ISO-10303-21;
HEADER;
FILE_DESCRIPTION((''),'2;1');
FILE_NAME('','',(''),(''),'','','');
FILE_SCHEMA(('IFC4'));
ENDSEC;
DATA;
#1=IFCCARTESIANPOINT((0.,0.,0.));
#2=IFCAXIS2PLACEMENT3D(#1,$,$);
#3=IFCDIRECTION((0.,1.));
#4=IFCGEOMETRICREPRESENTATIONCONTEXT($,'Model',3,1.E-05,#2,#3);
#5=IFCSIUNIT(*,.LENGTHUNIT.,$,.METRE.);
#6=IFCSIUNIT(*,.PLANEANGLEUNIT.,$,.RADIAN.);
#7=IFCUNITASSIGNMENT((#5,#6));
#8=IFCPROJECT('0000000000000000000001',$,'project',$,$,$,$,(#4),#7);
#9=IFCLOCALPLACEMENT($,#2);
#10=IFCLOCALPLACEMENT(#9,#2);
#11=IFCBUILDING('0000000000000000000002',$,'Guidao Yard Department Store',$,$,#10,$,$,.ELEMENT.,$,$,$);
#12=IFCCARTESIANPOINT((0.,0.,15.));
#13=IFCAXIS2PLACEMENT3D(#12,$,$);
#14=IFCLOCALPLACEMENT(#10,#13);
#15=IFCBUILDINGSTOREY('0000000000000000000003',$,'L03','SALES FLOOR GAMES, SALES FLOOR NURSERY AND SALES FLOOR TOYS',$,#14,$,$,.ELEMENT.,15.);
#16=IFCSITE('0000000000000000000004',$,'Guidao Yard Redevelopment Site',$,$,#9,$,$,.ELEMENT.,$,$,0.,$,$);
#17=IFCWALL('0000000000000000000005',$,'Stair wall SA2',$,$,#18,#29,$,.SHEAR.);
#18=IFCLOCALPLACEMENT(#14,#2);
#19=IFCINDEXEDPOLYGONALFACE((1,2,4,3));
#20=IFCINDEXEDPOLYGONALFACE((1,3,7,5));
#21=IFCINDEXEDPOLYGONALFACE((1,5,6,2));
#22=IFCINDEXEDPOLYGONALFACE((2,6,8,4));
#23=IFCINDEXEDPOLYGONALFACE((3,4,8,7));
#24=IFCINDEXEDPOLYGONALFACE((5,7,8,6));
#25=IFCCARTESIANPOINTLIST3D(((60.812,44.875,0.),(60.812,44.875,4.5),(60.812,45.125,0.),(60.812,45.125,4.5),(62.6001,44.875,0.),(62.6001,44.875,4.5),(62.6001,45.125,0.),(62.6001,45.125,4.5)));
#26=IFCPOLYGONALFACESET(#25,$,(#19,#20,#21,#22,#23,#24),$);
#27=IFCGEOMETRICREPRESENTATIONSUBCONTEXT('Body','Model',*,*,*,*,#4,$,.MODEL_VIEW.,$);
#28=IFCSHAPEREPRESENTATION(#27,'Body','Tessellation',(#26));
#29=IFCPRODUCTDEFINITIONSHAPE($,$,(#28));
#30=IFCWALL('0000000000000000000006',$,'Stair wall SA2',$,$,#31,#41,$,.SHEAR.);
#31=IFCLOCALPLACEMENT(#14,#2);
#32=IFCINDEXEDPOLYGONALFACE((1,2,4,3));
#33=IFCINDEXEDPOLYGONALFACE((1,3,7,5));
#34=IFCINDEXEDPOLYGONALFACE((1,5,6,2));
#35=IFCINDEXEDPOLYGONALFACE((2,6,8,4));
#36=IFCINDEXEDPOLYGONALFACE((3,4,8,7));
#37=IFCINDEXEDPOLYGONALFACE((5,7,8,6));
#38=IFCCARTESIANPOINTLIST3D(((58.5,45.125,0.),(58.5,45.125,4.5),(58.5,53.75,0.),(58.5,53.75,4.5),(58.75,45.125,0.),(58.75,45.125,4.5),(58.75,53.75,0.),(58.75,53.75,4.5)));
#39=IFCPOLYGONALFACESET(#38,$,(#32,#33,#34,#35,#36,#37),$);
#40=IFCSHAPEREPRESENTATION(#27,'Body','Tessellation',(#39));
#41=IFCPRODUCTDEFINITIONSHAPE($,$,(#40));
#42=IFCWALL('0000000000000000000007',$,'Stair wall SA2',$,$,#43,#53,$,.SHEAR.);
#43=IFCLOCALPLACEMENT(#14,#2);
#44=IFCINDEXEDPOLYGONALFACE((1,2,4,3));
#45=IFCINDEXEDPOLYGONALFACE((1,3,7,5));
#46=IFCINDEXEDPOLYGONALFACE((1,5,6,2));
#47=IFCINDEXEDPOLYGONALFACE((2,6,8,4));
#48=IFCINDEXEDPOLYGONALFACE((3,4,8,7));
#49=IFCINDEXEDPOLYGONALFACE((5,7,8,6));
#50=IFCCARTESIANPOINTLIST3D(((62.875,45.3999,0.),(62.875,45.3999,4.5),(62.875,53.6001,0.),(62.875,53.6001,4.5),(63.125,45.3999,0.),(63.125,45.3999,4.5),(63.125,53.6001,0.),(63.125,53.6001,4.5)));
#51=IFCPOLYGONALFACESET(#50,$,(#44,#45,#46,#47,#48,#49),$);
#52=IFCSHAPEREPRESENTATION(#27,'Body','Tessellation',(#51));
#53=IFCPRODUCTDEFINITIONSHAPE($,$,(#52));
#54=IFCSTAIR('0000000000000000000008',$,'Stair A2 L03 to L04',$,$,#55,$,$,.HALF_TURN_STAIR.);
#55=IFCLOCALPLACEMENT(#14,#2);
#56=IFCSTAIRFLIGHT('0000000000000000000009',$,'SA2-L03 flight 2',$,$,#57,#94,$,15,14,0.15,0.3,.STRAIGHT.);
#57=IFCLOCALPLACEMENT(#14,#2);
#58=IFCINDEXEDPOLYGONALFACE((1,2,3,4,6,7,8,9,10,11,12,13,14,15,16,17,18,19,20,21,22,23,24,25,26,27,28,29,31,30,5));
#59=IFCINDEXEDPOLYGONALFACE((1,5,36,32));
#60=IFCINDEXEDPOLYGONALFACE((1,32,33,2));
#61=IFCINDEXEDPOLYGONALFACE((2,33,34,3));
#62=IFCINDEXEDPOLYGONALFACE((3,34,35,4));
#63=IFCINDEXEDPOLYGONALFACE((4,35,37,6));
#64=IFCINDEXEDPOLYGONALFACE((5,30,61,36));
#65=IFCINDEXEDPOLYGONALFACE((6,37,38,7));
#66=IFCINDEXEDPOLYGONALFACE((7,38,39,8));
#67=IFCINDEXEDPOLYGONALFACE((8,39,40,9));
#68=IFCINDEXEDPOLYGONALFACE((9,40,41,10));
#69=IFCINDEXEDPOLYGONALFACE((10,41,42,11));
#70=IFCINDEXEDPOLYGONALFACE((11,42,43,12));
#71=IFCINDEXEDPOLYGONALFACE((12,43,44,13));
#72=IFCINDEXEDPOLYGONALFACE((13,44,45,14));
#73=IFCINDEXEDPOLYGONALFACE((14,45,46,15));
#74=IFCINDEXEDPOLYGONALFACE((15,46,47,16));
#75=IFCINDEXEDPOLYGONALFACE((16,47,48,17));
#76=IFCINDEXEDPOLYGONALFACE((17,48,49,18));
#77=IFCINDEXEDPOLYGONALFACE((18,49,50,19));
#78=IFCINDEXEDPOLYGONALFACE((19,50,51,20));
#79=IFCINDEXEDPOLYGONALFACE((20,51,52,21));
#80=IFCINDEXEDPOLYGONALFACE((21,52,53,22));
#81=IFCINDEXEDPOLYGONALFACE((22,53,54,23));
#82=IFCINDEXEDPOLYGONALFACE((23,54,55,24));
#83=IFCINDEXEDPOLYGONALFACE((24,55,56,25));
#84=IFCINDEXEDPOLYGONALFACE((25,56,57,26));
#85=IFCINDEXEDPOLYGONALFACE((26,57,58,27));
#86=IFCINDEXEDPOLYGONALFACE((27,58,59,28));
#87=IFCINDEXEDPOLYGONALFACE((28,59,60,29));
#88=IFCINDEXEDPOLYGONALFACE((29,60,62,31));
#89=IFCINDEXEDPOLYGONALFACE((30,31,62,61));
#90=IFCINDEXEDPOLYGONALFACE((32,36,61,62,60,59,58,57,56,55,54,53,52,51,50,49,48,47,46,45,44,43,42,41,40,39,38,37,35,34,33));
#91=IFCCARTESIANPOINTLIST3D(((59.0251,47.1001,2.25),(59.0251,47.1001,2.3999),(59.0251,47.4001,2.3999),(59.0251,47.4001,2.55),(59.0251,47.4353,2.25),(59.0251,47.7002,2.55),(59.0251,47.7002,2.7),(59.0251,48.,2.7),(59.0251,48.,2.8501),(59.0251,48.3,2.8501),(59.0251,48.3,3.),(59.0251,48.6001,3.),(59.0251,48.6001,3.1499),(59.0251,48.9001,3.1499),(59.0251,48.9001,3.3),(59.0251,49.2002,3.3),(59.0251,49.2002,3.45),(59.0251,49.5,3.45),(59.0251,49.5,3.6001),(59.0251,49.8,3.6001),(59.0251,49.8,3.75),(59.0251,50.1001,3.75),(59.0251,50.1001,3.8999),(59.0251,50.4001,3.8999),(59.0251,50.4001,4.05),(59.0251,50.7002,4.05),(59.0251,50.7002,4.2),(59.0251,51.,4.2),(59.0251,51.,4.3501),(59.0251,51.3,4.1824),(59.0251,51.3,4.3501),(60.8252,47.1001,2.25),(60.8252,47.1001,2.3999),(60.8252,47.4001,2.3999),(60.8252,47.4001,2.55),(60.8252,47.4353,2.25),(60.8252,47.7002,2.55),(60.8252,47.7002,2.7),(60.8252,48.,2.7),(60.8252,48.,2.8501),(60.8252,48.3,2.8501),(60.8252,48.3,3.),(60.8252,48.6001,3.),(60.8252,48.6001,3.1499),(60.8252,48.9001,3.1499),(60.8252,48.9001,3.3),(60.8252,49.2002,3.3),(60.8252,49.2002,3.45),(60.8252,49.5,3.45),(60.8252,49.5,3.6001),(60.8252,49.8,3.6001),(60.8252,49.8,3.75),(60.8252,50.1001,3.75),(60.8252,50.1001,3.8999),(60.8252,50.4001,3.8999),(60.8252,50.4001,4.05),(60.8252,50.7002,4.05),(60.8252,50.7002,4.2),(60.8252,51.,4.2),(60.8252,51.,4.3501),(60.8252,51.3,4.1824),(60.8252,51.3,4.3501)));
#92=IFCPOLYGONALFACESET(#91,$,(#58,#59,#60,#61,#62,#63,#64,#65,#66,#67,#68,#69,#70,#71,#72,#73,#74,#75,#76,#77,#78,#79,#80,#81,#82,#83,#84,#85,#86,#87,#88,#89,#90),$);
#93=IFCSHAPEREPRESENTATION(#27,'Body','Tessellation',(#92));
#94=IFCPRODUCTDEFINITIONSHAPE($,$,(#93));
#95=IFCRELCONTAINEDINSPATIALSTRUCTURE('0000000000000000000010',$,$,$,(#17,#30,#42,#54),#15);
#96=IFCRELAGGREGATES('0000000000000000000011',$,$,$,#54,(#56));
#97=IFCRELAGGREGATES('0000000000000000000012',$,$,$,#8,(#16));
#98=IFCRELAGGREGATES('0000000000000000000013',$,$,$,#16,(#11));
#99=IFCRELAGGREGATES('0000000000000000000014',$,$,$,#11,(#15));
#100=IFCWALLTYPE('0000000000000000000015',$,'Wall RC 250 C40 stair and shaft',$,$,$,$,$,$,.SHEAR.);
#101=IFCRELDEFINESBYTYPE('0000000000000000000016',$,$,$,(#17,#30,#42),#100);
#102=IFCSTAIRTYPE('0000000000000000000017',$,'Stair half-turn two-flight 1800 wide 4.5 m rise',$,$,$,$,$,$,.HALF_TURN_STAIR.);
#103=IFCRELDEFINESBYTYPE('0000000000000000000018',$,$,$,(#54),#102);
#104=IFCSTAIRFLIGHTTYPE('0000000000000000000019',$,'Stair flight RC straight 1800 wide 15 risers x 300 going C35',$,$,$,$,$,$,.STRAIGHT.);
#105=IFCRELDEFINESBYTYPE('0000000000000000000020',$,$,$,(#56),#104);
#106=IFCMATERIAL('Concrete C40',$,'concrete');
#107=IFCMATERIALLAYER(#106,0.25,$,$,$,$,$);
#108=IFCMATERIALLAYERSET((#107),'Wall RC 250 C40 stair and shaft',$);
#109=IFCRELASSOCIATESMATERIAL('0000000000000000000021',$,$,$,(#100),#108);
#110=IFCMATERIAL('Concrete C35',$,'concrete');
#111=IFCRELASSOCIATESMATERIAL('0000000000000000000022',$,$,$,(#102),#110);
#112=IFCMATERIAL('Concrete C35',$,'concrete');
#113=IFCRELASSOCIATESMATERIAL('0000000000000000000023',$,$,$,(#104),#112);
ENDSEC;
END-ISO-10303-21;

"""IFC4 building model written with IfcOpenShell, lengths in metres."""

from ifc_helpers import new_model, si_unit, direction, frame, frame_2d, origin, place, context, subcontext, project, spatial, polyline, rectangle, outline, extrude, material, layer, layer_set, type_object, element, aggregate, save


model = new_model("IFC4")

# Units and contexts
model_context = context("Model", 3, precision=1e-05, world=origin(), true_north=direction((0.0, 1.0)))
body_context = subcontext(model_context, "Body", "Model", "MODEL_VIEW")
ifc_project = project(units=[si_unit("LENGTHUNIT", "METRE"), si_unit("PLANEANGLEUNIT", "RADIAN")], contexts=[model_context])

# Site, building, storey
site_placement = place(None, origin())
site = spatial("IfcSite", under=ifc_project, at=site_placement, Name="Guidao Yard Redevelopment Site", CompositionType="ELEMENT", RefElevation=0.0)
building_placement = place(site_placement, origin())
building = spatial("IfcBuilding", under=site, at=building_placement, Name="Guidao Yard Department Store", CompositionType="ELEMENT")
storey_placement = place(building_placement, frame((0.0, 0.0, 15.0)))
storey = spatial("IfcBuildingStorey", under=building, at=storey_placement, Name="L03", Description="SALES FLOOR GAMES, SALES FLOOR NURSERY AND SALES FLOOR TOYS", CompositionType="ELEMENT", Elevation=15.0)

# Walls
ifc_material_1 = material(Name="Concrete C40", Category="concrete")
ifc_layer_1 = layer(ifc_material_1, 0.25)
ifc_layer_set_1 = layer_set([ifc_layer_1], Name="Wall RC 250 C40 stair and shaft")
wall_type_1 = type_object("IfcWallType", Name="Wall RC 250 C40 stair and shaft", PredefinedType="SHEAR", material=ifc_layer_set_1)
wall_1_placement = place(storey_placement, frame((60.812, 45.0, 0.0), z_axis=(0.0, 0.0, 1.0), x_axis=(1.0, 0.0, 0.0)))
element("IfcWall", 1, at=wall_1_placement, inside=storey, type_object=wall_type_1, Name="Stair wall SA2", PredefinedType="SHEAR", context=body_context, shape_type="SweptSolid", body=[
    extrude(rectangle(XDim=1.7881, YDim=0.25, at=frame_2d((0.894, 0.0))), origin(), (0.0, 0.0, 1.0), 4.5),
])
wall_2_placement = place(storey_placement, frame((58.625, 45.125, 0.0), z_axis=(0.0, 0.0, 1.0), x_axis=(0.0, 1.0, 0.0)))
element("IfcWall", 2, at=wall_2_placement, inside=storey, type_object=wall_type_1, Name="Stair wall SA2", PredefinedType="SHEAR", context=body_context, shape_type="SweptSolid", body=[
    extrude(rectangle(XDim=8.625, YDim=0.25, at=frame_2d((4.3125, 0.0))), origin(), (0.0, 0.0, 1.0), 4.5),
])
wall_3_placement = place(storey_placement, frame((63.0, 45.3999, 0.0), z_axis=(0.0, 0.0, 1.0), x_axis=(0.0, 1.0, 0.0)))
element("IfcWall", 3, at=wall_3_placement, inside=storey, type_object=wall_type_1, Name="Stair wall SA2", PredefinedType="SHEAR", context=body_context, shape_type="SweptSolid", body=[
    extrude(rectangle(XDim=8.2002, YDim=0.25, at=frame_2d((4.1001, 0.0))), origin(), (0.0, 0.0, 1.0), 4.5),
])

# Stair, stair flight
ifc_material_2 = material(Name="Concrete C35", Category="concrete")
stair_type = type_object("IfcStairType", Name="Stair half-turn two-flight 1800 wide 4.5 m rise", PredefinedType="HALF_TURN_STAIR", material=ifc_material_2)
stair_placement = place(storey_placement, origin())
stair = element("IfcStair", 4, at=stair_placement, inside=storey, type_object=stair_type, Name="Stair A2 L03 to L04", PredefinedType="HALF_TURN_STAIR")
ifc_material_3 = material(Name="Concrete C35", Category="concrete")
stair_flight_type = type_object("IfcStairFlightType", Name="Stair flight RC straight 1800 wide 15 risers x 300 going C35", PredefinedType="STRAIGHT", material=ifc_material_3)
stair_flight_placement = place(storey_placement, frame((59.925, 47.1001, 2.25), z_axis=(0.0, 0.0, 1.0), x_axis=(0.0, 1.0, 0.0)))
stair_flight = element("IfcStairFlight", 5, at=stair_flight_placement, type_object=stair_flight_type, Name="SA2-L03 flight 2", NumberOfRisers=15, NumberOfTreads=14, PredefinedType="STRAIGHT", RiserHeight=0.15, TreadLength=0.3, context=body_context, shape_type="SweptSolid", body=[
    extrude(outline(polyline([(0.0, 0.0), (0.0, 0.1499), (0.3, 0.1499), (0.3, 0.3), (0.6001, 0.3), (0.6001, 0.45), (0.8999, 0.45), (0.8999, 0.6001), (1.2, 0.6001), (1.2, 0.75), (1.5, 0.75), (1.5, 0.8999), (1.8, 0.8999), (1.8, 1.05), (2.1001, 1.05), (2.1001, 1.2), (2.3999, 1.2), (2.3999, 1.3501), (2.7, 1.3501), (2.7, 1.5), (3.0, 1.5), (3.0, 1.6499), (3.3, 1.6499), (3.3, 1.8), (3.6001, 1.8), (3.6001, 1.95), (3.8999, 1.95), (3.8999, 2.1001), (4.2, 2.1001), (4.2, 2.25), (4.2, 1.9324), (0.3352, 0.0), (0.0, 0.0)])), frame((0.0, 0.8999, 0.0), z_axis=(0.0, -1.0, 0.0), x_axis=(1.0, 0.0, 0.0)), (0.0, 0.0, 1.0), 1.8),
])
aggregate(stair, [stair_flight])

save(model, "model.ifc")
